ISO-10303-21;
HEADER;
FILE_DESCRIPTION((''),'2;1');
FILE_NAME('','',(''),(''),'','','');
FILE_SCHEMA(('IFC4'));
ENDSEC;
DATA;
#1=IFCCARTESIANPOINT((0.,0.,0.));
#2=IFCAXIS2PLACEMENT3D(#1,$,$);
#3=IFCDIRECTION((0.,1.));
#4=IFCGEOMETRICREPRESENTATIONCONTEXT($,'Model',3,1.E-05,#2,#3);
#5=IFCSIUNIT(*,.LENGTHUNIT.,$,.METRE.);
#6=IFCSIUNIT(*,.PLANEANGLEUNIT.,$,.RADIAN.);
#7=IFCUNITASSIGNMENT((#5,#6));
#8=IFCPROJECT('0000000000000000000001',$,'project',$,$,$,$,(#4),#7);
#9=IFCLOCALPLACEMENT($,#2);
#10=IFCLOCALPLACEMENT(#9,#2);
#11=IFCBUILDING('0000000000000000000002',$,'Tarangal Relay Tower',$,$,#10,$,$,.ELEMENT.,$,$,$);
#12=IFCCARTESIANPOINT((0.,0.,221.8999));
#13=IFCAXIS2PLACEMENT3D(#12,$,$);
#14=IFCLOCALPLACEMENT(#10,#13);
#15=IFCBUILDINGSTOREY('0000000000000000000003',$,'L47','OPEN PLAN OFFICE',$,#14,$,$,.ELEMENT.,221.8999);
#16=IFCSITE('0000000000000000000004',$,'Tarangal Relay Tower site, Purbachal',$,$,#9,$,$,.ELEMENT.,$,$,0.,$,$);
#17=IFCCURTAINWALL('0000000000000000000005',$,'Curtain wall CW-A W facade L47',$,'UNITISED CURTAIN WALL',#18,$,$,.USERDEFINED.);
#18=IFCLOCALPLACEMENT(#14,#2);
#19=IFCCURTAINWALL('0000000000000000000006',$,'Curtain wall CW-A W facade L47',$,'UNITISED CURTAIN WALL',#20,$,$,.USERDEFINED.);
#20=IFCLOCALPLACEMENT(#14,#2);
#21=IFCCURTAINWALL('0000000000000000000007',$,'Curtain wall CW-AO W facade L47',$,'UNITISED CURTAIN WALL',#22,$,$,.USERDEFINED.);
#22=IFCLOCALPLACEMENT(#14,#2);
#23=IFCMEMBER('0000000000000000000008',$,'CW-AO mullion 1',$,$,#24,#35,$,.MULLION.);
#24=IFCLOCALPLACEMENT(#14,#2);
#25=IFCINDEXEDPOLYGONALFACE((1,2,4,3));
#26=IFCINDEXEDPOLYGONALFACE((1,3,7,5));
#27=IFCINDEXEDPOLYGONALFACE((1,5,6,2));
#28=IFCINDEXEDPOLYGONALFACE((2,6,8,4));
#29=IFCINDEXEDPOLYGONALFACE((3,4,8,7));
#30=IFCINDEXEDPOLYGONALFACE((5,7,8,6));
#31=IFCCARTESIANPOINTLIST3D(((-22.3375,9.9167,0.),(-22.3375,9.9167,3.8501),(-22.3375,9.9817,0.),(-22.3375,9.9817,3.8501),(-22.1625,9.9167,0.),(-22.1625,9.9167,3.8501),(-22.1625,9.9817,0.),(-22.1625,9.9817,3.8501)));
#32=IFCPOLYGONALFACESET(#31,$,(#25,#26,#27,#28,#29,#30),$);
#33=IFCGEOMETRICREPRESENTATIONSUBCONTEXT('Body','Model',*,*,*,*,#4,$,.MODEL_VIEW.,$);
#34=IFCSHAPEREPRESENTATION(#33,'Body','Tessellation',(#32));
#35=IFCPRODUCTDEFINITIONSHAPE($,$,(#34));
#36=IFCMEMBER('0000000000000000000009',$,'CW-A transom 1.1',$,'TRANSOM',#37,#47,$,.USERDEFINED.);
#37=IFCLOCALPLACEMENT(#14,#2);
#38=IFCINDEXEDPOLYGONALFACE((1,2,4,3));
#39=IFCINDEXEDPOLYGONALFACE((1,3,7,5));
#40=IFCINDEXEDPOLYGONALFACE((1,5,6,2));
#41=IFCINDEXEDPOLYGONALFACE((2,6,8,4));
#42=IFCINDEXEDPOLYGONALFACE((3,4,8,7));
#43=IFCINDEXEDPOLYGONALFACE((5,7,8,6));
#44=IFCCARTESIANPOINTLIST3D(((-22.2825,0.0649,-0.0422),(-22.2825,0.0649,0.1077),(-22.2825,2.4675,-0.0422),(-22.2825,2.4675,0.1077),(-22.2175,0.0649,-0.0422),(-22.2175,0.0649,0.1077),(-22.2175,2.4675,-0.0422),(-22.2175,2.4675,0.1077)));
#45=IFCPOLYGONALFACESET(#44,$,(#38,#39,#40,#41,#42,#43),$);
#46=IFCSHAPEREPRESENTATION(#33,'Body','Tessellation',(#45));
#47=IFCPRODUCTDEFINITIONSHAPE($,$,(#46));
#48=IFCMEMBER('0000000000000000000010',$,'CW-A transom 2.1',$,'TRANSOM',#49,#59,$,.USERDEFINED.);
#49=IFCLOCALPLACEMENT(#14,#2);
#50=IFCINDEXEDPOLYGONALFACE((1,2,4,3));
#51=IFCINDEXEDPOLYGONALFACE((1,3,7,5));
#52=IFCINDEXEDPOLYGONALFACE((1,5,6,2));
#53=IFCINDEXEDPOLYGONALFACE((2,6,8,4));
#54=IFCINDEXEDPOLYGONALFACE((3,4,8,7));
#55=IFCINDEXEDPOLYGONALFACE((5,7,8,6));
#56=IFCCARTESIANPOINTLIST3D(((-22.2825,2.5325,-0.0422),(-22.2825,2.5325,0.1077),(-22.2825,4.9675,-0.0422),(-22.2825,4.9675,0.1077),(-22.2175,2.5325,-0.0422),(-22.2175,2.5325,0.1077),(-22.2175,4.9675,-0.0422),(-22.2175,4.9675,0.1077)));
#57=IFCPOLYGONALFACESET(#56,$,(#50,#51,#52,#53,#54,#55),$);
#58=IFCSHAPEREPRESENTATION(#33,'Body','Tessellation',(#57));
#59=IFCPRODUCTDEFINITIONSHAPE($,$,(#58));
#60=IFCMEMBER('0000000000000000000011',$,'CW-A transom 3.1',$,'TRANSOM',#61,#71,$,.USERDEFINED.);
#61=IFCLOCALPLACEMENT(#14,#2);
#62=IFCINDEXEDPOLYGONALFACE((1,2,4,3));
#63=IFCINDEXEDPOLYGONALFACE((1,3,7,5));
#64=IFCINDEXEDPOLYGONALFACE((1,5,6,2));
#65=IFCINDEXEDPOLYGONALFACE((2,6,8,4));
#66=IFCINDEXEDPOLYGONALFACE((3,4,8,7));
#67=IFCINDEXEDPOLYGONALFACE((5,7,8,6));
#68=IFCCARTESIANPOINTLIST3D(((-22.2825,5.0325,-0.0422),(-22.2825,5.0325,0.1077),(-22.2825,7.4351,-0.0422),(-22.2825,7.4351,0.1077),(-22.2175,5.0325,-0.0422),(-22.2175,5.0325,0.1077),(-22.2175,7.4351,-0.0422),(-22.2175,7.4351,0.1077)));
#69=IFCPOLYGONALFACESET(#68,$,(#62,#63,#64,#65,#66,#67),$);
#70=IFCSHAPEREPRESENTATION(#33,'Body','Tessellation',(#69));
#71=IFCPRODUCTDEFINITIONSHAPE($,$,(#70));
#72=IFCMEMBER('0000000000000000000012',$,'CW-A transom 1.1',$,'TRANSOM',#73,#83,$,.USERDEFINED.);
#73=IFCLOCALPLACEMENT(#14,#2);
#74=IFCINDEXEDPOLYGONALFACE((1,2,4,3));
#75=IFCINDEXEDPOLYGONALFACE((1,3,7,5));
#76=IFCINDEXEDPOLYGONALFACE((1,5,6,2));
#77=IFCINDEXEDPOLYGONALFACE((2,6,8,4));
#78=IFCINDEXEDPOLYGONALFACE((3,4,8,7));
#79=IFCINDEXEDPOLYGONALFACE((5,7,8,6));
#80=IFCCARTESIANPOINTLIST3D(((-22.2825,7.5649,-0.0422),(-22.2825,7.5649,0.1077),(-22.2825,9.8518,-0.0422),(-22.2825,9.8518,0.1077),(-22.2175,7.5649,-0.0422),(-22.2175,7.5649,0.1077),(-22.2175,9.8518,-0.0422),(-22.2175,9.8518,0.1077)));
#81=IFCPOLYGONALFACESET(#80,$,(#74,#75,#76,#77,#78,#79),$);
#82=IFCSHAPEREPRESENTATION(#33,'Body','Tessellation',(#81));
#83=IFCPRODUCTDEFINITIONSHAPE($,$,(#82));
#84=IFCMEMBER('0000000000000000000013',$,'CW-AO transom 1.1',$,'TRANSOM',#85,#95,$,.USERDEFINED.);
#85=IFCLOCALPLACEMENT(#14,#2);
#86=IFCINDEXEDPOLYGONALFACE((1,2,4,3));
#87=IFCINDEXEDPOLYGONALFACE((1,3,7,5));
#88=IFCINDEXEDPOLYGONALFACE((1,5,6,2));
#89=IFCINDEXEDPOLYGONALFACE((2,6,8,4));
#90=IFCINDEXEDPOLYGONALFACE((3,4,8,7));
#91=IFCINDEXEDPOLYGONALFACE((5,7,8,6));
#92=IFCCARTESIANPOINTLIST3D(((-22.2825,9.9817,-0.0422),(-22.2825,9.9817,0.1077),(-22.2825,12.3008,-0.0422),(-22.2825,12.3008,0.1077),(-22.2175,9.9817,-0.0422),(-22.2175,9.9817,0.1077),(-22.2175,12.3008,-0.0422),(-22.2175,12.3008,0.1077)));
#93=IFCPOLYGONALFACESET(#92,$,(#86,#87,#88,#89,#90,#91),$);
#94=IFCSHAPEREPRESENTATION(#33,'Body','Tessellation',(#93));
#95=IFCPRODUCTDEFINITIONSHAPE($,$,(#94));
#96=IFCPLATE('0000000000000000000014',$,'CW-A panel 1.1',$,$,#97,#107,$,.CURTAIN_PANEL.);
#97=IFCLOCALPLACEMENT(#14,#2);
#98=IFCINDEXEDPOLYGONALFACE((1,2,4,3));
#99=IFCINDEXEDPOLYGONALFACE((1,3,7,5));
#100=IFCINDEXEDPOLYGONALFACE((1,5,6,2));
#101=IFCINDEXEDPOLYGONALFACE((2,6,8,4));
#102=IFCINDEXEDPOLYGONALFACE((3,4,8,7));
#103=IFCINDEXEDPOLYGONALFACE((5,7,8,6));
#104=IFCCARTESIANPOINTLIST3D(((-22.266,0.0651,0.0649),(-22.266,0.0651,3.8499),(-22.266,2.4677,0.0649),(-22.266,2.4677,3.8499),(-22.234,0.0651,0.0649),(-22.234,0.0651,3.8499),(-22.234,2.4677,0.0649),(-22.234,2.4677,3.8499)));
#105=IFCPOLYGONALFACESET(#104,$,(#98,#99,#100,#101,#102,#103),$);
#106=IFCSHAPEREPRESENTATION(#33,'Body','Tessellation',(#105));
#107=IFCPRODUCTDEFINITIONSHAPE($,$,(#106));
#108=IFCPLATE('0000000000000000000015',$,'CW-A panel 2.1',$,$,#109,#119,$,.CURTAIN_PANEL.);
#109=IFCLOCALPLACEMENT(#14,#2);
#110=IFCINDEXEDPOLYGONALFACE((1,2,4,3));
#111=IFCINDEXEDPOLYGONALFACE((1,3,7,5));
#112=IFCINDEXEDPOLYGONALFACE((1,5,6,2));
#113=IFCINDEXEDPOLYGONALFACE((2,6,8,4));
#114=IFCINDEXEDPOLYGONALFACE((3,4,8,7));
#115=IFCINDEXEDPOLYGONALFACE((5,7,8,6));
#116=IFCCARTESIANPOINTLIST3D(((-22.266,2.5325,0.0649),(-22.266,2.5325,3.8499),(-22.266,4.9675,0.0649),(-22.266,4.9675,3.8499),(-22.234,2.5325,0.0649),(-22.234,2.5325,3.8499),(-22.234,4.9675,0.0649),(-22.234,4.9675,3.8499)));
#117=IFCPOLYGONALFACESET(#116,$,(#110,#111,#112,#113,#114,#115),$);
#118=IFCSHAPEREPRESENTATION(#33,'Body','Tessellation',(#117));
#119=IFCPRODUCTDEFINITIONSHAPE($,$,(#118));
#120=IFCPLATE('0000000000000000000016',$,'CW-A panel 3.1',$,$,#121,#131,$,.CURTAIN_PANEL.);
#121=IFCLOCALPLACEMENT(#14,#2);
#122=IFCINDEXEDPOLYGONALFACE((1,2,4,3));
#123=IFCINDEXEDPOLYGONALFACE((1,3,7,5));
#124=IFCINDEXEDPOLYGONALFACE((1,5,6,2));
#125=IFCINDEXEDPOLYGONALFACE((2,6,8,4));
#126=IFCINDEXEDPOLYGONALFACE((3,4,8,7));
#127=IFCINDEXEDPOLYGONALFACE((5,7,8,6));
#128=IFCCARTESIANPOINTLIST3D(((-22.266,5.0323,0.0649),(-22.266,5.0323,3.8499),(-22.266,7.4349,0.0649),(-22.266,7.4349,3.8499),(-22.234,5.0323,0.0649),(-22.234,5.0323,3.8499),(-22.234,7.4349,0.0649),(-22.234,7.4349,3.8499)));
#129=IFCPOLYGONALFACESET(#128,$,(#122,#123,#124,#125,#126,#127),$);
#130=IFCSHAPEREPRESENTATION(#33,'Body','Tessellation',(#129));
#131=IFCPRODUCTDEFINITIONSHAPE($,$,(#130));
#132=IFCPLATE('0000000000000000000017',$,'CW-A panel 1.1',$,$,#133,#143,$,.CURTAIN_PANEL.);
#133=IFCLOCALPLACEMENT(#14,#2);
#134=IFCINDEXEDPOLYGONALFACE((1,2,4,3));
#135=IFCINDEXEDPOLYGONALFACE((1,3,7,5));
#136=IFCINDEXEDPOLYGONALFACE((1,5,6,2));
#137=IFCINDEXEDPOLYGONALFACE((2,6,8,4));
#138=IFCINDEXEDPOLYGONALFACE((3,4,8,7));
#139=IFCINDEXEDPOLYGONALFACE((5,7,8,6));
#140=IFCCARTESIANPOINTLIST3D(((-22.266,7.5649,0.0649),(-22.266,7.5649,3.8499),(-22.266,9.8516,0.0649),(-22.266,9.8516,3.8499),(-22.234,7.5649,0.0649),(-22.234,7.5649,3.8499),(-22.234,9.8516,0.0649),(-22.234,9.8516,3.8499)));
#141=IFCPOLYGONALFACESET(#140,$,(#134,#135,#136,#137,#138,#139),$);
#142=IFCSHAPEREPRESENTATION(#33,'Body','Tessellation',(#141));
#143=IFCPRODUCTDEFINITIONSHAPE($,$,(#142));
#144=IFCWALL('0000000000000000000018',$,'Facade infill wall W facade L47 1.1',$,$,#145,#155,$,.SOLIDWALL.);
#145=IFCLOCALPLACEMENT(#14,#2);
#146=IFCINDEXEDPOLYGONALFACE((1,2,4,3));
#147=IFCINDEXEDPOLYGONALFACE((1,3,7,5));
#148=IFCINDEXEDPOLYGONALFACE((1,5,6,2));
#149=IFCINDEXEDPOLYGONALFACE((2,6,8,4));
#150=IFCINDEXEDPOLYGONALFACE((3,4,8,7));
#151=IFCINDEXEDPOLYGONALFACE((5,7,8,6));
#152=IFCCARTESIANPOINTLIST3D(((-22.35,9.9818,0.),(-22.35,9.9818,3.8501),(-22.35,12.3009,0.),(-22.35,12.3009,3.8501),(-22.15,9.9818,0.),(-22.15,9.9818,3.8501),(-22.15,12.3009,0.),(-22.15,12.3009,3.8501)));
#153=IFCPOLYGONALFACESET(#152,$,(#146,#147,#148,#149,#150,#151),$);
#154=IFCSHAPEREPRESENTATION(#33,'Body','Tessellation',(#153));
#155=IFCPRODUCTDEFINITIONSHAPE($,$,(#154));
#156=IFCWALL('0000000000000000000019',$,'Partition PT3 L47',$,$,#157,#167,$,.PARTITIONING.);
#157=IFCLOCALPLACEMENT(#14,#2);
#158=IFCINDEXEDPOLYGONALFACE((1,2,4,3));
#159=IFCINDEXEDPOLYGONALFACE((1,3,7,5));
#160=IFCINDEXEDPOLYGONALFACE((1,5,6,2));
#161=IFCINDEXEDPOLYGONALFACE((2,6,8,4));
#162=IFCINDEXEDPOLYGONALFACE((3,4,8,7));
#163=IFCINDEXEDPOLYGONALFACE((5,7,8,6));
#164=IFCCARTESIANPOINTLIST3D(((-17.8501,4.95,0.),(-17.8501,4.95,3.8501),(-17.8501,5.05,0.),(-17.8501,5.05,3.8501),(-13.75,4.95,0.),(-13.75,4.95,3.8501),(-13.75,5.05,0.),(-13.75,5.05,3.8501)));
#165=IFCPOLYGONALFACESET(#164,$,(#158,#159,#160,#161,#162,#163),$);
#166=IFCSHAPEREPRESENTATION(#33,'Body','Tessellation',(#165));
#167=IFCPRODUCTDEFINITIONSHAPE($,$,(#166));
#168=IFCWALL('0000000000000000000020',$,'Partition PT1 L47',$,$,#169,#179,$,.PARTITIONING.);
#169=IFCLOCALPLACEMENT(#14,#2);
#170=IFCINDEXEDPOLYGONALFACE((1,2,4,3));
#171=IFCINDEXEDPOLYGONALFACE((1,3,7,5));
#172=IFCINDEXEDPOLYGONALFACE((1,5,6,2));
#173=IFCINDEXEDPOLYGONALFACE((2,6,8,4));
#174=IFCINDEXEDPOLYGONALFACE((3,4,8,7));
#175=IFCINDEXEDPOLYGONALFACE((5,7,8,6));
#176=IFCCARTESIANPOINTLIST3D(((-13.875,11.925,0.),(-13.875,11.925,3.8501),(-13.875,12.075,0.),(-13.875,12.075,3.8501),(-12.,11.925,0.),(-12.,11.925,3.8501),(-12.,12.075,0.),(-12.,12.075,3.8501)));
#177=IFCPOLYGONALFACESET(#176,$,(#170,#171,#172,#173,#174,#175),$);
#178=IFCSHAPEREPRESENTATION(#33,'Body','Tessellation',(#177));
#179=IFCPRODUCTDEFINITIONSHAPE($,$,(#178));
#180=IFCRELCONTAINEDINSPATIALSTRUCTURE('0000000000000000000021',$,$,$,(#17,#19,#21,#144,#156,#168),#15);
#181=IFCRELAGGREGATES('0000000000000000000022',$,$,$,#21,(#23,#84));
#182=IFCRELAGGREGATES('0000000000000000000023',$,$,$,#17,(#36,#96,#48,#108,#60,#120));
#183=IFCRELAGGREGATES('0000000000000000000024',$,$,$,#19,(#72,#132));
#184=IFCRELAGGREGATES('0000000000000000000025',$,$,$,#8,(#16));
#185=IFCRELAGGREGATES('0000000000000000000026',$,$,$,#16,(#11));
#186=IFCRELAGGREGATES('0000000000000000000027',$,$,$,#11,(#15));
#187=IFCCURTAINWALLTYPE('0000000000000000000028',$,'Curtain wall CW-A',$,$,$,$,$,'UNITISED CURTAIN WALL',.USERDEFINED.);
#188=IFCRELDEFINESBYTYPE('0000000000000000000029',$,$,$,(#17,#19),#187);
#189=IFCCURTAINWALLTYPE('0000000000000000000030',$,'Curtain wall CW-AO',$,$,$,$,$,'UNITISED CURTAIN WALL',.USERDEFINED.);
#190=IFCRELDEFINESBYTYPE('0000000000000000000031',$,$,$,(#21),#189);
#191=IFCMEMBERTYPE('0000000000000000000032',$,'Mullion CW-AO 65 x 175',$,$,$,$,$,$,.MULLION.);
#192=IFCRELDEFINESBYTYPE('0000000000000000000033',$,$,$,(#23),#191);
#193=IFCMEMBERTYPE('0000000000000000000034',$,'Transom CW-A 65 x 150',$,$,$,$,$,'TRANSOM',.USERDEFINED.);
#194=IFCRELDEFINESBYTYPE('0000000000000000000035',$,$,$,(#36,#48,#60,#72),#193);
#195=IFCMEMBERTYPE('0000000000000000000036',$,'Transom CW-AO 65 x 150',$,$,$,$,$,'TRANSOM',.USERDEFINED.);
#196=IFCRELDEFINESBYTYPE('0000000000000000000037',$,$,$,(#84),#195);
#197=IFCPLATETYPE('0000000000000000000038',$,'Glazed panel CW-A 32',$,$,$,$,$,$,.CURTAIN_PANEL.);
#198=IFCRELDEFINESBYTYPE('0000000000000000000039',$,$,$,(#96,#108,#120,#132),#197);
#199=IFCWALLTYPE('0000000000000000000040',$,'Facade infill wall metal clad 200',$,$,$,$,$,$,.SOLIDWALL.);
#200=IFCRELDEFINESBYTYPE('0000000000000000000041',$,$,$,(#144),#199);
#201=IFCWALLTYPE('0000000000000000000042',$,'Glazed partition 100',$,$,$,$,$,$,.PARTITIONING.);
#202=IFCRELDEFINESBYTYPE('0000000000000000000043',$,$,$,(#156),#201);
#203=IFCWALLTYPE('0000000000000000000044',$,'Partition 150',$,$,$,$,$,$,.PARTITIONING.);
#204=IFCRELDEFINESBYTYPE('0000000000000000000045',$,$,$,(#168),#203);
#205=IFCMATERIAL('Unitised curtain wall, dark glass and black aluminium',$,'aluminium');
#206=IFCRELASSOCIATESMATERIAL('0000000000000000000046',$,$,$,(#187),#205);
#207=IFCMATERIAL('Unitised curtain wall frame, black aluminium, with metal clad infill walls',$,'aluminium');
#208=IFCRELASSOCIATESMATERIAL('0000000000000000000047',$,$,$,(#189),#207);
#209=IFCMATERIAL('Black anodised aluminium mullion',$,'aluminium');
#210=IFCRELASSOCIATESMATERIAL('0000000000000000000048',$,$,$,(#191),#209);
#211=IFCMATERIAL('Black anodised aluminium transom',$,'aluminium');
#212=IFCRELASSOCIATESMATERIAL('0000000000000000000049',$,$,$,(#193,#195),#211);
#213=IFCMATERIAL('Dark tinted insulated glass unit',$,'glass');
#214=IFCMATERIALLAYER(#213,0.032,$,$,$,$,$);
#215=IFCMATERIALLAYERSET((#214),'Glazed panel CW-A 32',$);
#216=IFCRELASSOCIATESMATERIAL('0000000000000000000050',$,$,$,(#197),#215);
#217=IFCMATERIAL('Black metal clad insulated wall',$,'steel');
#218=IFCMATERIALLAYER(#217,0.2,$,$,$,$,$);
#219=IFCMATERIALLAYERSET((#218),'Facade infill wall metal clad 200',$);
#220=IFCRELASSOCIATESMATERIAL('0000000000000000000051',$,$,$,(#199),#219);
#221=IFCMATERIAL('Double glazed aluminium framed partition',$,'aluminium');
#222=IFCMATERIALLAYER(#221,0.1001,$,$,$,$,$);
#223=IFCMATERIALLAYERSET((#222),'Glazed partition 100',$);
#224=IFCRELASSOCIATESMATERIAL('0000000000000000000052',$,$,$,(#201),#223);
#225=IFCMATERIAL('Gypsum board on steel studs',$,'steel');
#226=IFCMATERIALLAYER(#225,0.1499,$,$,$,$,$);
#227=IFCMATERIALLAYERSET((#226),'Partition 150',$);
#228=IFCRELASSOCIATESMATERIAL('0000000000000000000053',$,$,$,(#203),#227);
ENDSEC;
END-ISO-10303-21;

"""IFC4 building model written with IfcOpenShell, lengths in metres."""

from ifc_helpers import new_model, si_unit, direction, frame, frame_2d, origin, origin_2d, place, context, subcontext, project, spatial, rectangle, extrude, material, layer, layer_set, material_profile, profile_set, type_object, element, aggregate, save


model = new_model("IFC4")

# Units and contexts
model_context = context("Model", 3, precision=1e-05, world=origin(), true_north=direction((0.0, 1.0)))
body_context = subcontext(model_context, "Body", "Model", "MODEL_VIEW")
ifc_project = project(units=[si_unit("LENGTHUNIT", "METRE"), si_unit("PLANEANGLEUNIT", "RADIAN")], contexts=[model_context])

# Site, building, storey
site_placement = place(None, origin())
site = spatial("IfcSite", under=ifc_project, at=site_placement, Name="Tarangal Relay Tower site, Purbachal", CompositionType="ELEMENT", RefElevation=0.0)
building_placement = place(site_placement, origin())
building = spatial("IfcBuilding", under=site, at=building_placement, Name="Tarangal Relay Tower", CompositionType="ELEMENT")
storey_placement = place(building_placement, frame((0.0, 0.0, 221.8999)))
storey = spatial("IfcBuildingStorey", under=building, at=storey_placement, Name="L47", Description="OPEN PLAN OFFICE", CompositionType="ELEMENT", Elevation=221.8999)

# Curtain walls
ifc_material_1 = material(Name="Unitised curtain wall, dark glass and black aluminium", Category="aluminium")
curtain_wall_type_1 = type_object("IfcCurtainWallType", Name="Curtain wall CW-A", ElementType="UNITISED CURTAIN WALL", PredefinedType="USERDEFINED", material=ifc_material_1)
curtain_wall_1_placement = place(storey_placement, origin())
curtain_wall_1 = element("IfcCurtainWall", 1, at=curtain_wall_1_placement, inside=storey, type_object=curtain_wall_type_1, Name="Curtain wall CW-A W facade L47", ObjectType="UNITISED CURTAIN WALL", PredefinedType="USERDEFINED")
ifc_material_2 = material(Name="Black anodised aluminium mullion", Category="aluminium")
curtain_wall_2_placement = place(storey_placement, origin())
curtain_wall_2 = element("IfcCurtainWall", 2, at=curtain_wall_2_placement, inside=storey, type_object=curtain_wall_type_1, Name="Curtain wall CW-A W facade L47", ObjectType="UNITISED CURTAIN WALL", PredefinedType="USERDEFINED")

# Curtain wall, member
ifc_material_3 = material(Name="Unitised curtain wall frame, black aluminium, with metal clad infill walls", Category="aluminium")
curtain_wall_type_2 = type_object("IfcCurtainWallType", Name="Curtain wall CW-AO", ElementType="UNITISED CURTAIN WALL", PredefinedType="USERDEFINED", material=ifc_material_3)
curtain_wall_3_placement = place(storey_placement, origin())
curtain_wall_3 = element("IfcCurtainWall", 3, at=curtain_wall_3_placement, inside=storey, type_object=curtain_wall_type_2, Name="Curtain wall CW-AO W facade L47", ObjectType="UNITISED CURTAIN WALL", PredefinedType="USERDEFINED")
ifc_material_profile_1 = material_profile(ifc_material_2, rectangle(XDim=0.175, YDim=0.0649, at=origin_2d()), Name="CW-AOM 65X175")
ifc_profile_set_1 = profile_set([ifc_material_profile_1], Name="Black anodised aluminium mullion")
member_type_1 = type_object("IfcMemberType", Name="Mullion CW-AO 65 x 175", PredefinedType="MULLION", material=ifc_profile_set_1)
member_1_placement = place(storey_placement, frame((-22.25, 9.9492, 0.0), z_axis=(0.0, 0.0, 1.0), x_axis=(-1.0, 0.0, 0.0)))
member_1 = element("IfcMember", 4, at=member_1_placement, type_object=member_type_1, Name="CW-AO mullion 1", PredefinedType="MULLION", context=body_context, shape_type="SweptSolid", body=[
    extrude(rectangle(XDim=0.175, YDim=0.0649, at=origin_2d()), origin(), (0.0, 0.0, 1.0), 3.8501),
])

# Members
ifc_material_4 = material(Name="Black anodised aluminium transom", Category="aluminium")
ifc_material_profile_2 = material_profile(ifc_material_4, rectangle(XDim=0.0649, YDim=0.1499, at=origin_2d()), Name="CW-AT 65X150")
ifc_profile_set_2 = profile_set([ifc_material_profile_2], Name="Black anodised aluminium transom")
member_type_2 = type_object("IfcMemberType", Name="Transom CW-A 65 x 150", ElementType="TRANSOM", PredefinedType="USERDEFINED", material=ifc_profile_set_2)
member_2_placement = place(storey_placement, frame((-22.25, 0.0649, 0.0327), z_axis=(0.0, 1.0, 0.0), x_axis=(-1.0, 0.0, 0.0)))
member_2 = element("IfcMember", 5, at=member_2_placement, type_object=member_type_2, Name="CW-A transom 1.1", ObjectType="TRANSOM", PredefinedType="USERDEFINED", context=body_context, shape_type="SweptSolid", body=[
    extrude(rectangle(XDim=0.0649, YDim=0.1499, at=origin_2d()), origin(), (0.0, 0.0, 1.0), 2.4026),
])
member_3_placement = place(storey_placement, frame((-22.25, 2.5325, 0.0327), z_axis=(0.0, 1.0, 0.0), x_axis=(-1.0, 0.0, 0.0)))
member_3 = element("IfcMember", 6, at=member_3_placement, type_object=member_type_2, Name="CW-A transom 2.1", ObjectType="TRANSOM", PredefinedType="USERDEFINED", context=body_context, shape_type="SweptSolid", body=[
    extrude(rectangle(XDim=0.0649, YDim=0.1499, at=origin_2d()), origin(), (0.0, 0.0, 1.0), 2.4351),
])
member_4_placement = place(storey_placement, frame((-22.25, 5.0325, 0.0327), z_axis=(0.0, 1.0, 0.0), x_axis=(-1.0, 0.0, 0.0)))
member_4 = element("IfcMember", 7, at=member_4_placement, type_object=member_type_2, Name="CW-A transom 3.1", ObjectType="TRANSOM", PredefinedType="USERDEFINED", context=body_context, shape_type="SweptSolid", body=[
    extrude(rectangle(XDim=0.0649, YDim=0.1499, at=origin_2d()), origin(), (0.0, 0.0, 1.0), 2.4026),
])
member_5_placement = place(storey_placement, frame((-22.25, 7.5649, 0.0327), z_axis=(0.0, 1.0, 0.0), x_axis=(-1.0, 0.0, 0.0)))
member_5 = element("IfcMember", 8, at=member_5_placement, type_object=member_type_2, Name="CW-A transom 1.1", ObjectType="TRANSOM", PredefinedType="USERDEFINED", context=body_context, shape_type="SweptSolid", body=[
    extrude(rectangle(XDim=0.0649, YDim=0.1499, at=origin_2d()), origin(), (0.0, 0.0, 1.0), 2.2869),
])
ifc_material_profile_3 = material_profile(ifc_material_4, rectangle(XDim=0.0649, YDim=0.1499, at=origin_2d()), Name="CW-AOT 65X150")
ifc_profile_set_3 = profile_set([ifc_material_profile_3], Name="Black anodised aluminium transom")
member_type_3 = type_object("IfcMemberType", Name="Transom CW-AO 65 x 150", ElementType="TRANSOM", PredefinedType="USERDEFINED", material=ifc_profile_set_3)
member_6_placement = place(storey_placement, frame((-22.25, 9.9817, 0.0327), z_axis=(0.0, 1.0, 0.0), x_axis=(-1.0, 0.0, 0.0)))
member_6 = element("IfcMember", 9, at=member_6_placement, type_object=member_type_3, Name="CW-AO transom 1.1", ObjectType="TRANSOM", PredefinedType="USERDEFINED", context=body_context, shape_type="SweptSolid", body=[
    extrude(rectangle(XDim=0.0649, YDim=0.1499, at=origin_2d()), origin(), (0.0, 0.0, 1.0), 2.3191),
])
aggregate(curtain_wall_3, [member_1, member_6])

# Plates
ifc_material_5 = material(Name="Dark tinted insulated glass unit", Category="glass")
ifc_layer_1 = layer(ifc_material_5, 0.032)
ifc_layer_set_1 = layer_set([ifc_layer_1], Name="Glazed panel CW-A 32")
plate_type = type_object("IfcPlateType", Name="Glazed panel CW-A 32", PredefinedType="CURTAIN_PANEL", material=ifc_layer_set_1)
plate_1_placement = place(storey_placement, frame((-22.25, 1.2664, 0.0649), z_axis=(0.0, 0.0, 1.0), x_axis=(0.0, 1.0, 0.0)))
plate_1 = element("IfcPlate", 10, at=plate_1_placement, type_object=plate_type, Name="CW-A panel 1.1", PredefinedType="CURTAIN_PANEL", context=body_context, shape_type="SweptSolid", body=[
    extrude(rectangle(XDim=2.4026, YDim=0.032, at=origin_2d()), origin(), (0.0, 0.0, 1.0), 3.7849),
])
plate_2_placement = place(storey_placement, frame((-22.25, 3.75, 0.0649), z_axis=(0.0, 0.0, 1.0), x_axis=(0.0, 1.0, 0.0)))
plate_2 = element("IfcPlate", 11, at=plate_2_placement, type_object=plate_type, Name="CW-A panel 2.1", PredefinedType="CURTAIN_PANEL", context=body_context, shape_type="SweptSolid", body=[
    extrude(rectangle(XDim=2.4351, YDim=0.032, at=origin_2d()), origin(), (0.0, 0.0, 1.0), 3.7849),
])
plate_3_placement = place(storey_placement, frame((-22.25, 6.2336, 0.0649), z_axis=(0.0, 0.0, 1.0), x_axis=(0.0, 1.0, 0.0)))
plate_3 = element("IfcPlate", 12, at=plate_3_placement, type_object=plate_type, Name="CW-A panel 3.1", PredefinedType="CURTAIN_PANEL", context=body_context, shape_type="SweptSolid", body=[
    extrude(rectangle(XDim=2.4026, YDim=0.032, at=origin_2d()), origin(), (0.0, 0.0, 1.0), 3.7849),
])
aggregate(curtain_wall_1, [member_2, plate_1, member_3, plate_2, member_4, plate_3])
plate_4_placement = place(storey_placement, frame((-22.25, 8.7083, 0.0649), z_axis=(0.0, 0.0, 1.0), x_axis=(0.0, 1.0, 0.0)))
plate_4 = element("IfcPlate", 13, at=plate_4_placement, type_object=plate_type, Name="CW-A panel 1.1", PredefinedType="CURTAIN_PANEL", context=body_context, shape_type="SweptSolid", body=[
    extrude(rectangle(XDim=2.2866, YDim=0.032, at=origin_2d()), origin(), (0.0, 0.0, 1.0), 3.7849),
])
aggregate(curtain_wall_2, [member_5, plate_4])

# Walls
ifc_material_6 = material(Name="Black metal clad insulated wall", Category="steel")
ifc_layer_2 = layer(ifc_material_6, 0.2)
ifc_layer_set_2 = layer_set([ifc_layer_2], Name="Facade infill wall metal clad 200")
wall_type_1 = type_object("IfcWallType", Name="Facade infill wall metal clad 200", PredefinedType="SOLIDWALL", material=ifc_layer_set_2)
wall_1_placement = place(storey_placement, frame((-22.25, 9.9817, 0.0), z_axis=(0.0, 0.0, 1.0), x_axis=(0.0, 1.0, 0.0)))
element("IfcWall", 14, at=wall_1_placement, inside=storey, type_object=wall_type_1, Name="Facade infill wall W facade L47 1.1", PredefinedType="SOLIDWALL", context=body_context, shape_type="SweptSolid", body=[
    extrude(rectangle(XDim=2.3191, YDim=0.2, at=frame_2d((1.1597, 0.0))), origin(), (0.0, 0.0, 1.0), 3.8501),
])
ifc_material_7 = material(Name="Double glazed aluminium framed partition", Category="aluminium")
ifc_layer_3 = layer(ifc_material_7, 0.1001)
ifc_layer_set_3 = layer_set([ifc_layer_3], Name="Glazed partition 100")
wall_type_2 = type_object("IfcWallType", Name="Glazed partition 100", PredefinedType="PARTITIONING", material=ifc_layer_set_3)
wall_2_placement = place(storey_placement, frame((-17.8501, 5.0, 0.0), z_axis=(0.0, 0.0, 1.0), x_axis=(1.0, 0.0, 0.0)))
element("IfcWall", 15, at=wall_2_placement, inside=storey, type_object=wall_type_2, Name="Partition PT3 L47", PredefinedType="PARTITIONING", context=body_context, shape_type="SweptSolid", body=[
    extrude(rectangle(XDim=4.1001, YDim=0.1001, at=frame_2d((2.05, 0.0))), origin(), (0.0, 0.0, 1.0), 3.8501),
])
ifc_material_8 = material(Name="Gypsum board on steel studs", Category="steel")
ifc_layer_4 = layer(ifc_material_8, 0.1499)
ifc_layer_set_4 = layer_set([ifc_layer_4], Name="Partition 150")
wall_type_3 = type_object("IfcWallType", Name="Partition 150", PredefinedType="PARTITIONING", material=ifc_layer_set_4)
wall_3_placement = place(storey_placement, frame((-13.875, 12.0, 0.0), z_axis=(0.0, 0.0, 1.0), x_axis=(1.0, 0.0, 0.0)))
element("IfcWall", 16, at=wall_3_placement, inside=storey, type_object=wall_type_3, Name="Partition PT1 L47", PredefinedType="PARTITIONING", context=body_context, shape_type="SweptSolid", body=[
    extrude(rectangle(XDim=1.875, YDim=0.1499, at=frame_2d((0.9375, 0.0))), origin(), (0.0, 0.0, 1.0), 3.8501),
])

save(model, "model.ifc")
